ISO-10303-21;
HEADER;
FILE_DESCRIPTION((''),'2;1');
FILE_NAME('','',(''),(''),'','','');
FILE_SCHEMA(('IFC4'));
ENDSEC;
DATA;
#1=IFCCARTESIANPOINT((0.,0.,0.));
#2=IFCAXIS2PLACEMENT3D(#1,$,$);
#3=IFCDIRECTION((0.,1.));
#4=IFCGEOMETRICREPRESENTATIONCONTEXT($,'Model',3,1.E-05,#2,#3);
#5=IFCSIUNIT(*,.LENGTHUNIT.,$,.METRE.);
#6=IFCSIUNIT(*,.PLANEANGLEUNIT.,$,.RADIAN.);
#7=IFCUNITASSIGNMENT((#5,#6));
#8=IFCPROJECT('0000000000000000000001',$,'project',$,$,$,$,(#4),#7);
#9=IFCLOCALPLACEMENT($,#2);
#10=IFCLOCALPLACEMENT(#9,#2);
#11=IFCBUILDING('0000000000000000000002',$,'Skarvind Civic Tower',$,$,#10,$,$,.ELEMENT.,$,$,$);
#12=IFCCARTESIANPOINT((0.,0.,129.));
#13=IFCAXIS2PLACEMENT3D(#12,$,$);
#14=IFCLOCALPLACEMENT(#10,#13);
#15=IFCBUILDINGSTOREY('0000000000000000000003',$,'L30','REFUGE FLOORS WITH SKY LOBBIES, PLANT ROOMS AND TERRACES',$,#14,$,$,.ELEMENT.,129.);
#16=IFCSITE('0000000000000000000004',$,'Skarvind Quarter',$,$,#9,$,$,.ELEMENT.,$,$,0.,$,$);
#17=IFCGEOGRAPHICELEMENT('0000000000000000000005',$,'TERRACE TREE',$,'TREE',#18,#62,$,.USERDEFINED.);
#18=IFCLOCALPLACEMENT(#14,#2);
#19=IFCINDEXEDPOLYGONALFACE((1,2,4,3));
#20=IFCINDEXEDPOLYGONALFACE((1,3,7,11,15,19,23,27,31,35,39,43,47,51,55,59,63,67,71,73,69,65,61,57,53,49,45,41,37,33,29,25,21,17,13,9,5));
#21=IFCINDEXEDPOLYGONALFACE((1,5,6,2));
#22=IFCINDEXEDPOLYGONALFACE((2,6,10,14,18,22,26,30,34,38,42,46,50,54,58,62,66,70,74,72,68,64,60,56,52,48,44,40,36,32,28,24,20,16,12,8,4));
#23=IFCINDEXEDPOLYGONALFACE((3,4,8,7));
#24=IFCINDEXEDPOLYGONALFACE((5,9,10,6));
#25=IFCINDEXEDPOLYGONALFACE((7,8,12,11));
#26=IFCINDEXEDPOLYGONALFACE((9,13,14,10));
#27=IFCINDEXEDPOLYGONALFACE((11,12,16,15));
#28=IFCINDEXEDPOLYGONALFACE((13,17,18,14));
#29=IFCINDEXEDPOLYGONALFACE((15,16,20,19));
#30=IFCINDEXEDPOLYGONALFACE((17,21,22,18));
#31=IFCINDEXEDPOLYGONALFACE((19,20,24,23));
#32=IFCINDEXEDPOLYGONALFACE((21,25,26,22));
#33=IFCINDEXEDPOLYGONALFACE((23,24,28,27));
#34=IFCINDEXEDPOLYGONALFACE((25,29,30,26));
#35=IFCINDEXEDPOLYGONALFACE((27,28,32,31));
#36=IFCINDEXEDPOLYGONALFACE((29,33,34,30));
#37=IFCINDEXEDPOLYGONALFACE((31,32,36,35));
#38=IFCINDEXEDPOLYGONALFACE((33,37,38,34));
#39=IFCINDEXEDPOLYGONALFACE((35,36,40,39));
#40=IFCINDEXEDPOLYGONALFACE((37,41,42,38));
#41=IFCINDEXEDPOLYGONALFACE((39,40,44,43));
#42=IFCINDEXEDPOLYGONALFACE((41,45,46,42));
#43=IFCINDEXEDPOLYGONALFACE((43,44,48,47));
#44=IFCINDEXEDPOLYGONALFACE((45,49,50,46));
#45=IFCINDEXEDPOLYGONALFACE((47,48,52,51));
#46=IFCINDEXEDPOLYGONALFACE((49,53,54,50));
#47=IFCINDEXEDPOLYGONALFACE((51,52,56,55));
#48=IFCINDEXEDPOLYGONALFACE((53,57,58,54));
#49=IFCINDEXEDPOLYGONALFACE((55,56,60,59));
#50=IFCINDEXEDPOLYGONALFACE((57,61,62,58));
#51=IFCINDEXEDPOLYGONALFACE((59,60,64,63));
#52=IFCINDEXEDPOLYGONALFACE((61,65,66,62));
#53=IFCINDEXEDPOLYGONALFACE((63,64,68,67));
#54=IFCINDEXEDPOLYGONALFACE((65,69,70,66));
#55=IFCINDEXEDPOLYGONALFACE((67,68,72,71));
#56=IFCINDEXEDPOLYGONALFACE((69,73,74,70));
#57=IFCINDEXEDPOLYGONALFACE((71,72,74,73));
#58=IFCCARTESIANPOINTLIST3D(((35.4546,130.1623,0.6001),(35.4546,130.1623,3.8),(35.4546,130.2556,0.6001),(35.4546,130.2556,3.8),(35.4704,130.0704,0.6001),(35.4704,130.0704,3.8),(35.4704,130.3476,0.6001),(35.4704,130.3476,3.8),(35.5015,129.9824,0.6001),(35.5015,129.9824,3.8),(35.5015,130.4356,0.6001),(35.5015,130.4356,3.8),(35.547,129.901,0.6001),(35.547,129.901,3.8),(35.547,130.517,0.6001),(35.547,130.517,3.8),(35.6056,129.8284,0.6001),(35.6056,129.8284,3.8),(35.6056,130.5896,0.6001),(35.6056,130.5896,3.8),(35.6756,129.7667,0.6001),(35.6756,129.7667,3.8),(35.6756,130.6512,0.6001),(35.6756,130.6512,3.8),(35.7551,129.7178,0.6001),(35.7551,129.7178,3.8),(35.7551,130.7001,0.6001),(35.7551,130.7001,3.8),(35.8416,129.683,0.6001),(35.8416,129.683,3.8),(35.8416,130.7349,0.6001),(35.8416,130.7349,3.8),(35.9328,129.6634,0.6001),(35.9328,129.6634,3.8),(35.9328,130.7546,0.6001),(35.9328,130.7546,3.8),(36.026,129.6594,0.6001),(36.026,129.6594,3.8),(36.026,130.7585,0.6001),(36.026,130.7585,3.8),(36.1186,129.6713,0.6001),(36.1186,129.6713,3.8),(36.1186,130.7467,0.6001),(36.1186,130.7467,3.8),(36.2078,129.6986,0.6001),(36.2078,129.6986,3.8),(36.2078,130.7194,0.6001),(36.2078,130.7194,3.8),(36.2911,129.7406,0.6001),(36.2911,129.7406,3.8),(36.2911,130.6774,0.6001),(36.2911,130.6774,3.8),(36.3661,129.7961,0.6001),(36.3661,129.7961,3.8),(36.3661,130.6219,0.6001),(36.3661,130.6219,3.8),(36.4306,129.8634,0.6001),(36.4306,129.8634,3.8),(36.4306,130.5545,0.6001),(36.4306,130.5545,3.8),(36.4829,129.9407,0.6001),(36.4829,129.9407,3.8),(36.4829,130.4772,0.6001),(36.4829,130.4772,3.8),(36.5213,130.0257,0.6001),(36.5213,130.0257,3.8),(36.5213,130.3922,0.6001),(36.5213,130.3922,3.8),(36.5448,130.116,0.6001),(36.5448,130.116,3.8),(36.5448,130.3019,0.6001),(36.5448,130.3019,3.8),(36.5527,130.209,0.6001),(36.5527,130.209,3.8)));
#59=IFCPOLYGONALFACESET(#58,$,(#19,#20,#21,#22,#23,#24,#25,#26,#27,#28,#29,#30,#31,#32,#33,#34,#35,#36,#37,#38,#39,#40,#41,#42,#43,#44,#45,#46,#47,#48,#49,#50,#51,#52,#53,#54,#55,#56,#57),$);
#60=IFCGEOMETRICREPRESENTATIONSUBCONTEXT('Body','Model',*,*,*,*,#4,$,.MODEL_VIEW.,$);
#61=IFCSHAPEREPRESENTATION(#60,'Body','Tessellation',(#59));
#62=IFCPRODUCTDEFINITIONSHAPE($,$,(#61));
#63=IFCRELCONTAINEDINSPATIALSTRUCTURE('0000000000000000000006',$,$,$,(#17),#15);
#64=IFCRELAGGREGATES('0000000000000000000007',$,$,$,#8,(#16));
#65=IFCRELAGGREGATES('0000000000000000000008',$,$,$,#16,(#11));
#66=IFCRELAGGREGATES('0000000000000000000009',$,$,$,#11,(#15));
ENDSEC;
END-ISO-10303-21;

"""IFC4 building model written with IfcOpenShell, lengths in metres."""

from ifc_helpers import new_model, si_unit, direction, frame, origin, origin_2d, place, context, subcontext, project, spatial, circle, extrude, element, save


model = new_model("IFC4")

# Units and contexts
model_context = context("Model", 3, precision=1e-05, world=origin(), true_north=direction((0.0, 1.0)))
body_context = subcontext(model_context, "Body", "Model", "MODEL_VIEW")
ifc_project = project(units=[si_unit("LENGTHUNIT", "METRE"), si_unit("PLANEANGLEUNIT", "RADIAN")], contexts=[model_context])

# Site, building, storey
site_placement = place(None, origin())
site = spatial("IfcSite", under=ifc_project, at=site_placement, Name="Skarvind Quarter", CompositionType="ELEMENT", RefElevation=0.0)
building_placement = place(site_placement, origin())
building = spatial("IfcBuilding", under=site, at=building_placement, Name="Skarvind Civic Tower", CompositionType="ELEMENT")
storey_placement = place(building_placement, frame((0.0, 0.0, 129.0)))
storey = spatial("IfcBuildingStorey", under=building, at=storey_placement, Name="L30", Description="REFUGE FLOORS WITH SKY LOBBIES, PLANT ROOMS AND TERRACES", CompositionType="ELEMENT", Elevation=129.0)

# Geographic element
for number, where, z_axis, x_axis, name in (
    (1, (36.0027, 130.209, 0.6001), (0.0, 0.0, 1.0), (1.0, 0.0, 0.0), "TERRACE TREE"),
):
    element("IfcGeographicElement", number, at=place(storey_placement, frame(where, z_axis=z_axis, x_axis=x_axis)), inside=storey, Name=name, ObjectType="TREE", PredefinedType="USERDEFINED", context=body_context, shape_type="SweptSolid", body=[
        extrude(circle(Radius=0.55, at=origin_2d()), origin(), (0.0, 0.0, 1.0), 3.2),
    ])

save(model, "model.ifc")
